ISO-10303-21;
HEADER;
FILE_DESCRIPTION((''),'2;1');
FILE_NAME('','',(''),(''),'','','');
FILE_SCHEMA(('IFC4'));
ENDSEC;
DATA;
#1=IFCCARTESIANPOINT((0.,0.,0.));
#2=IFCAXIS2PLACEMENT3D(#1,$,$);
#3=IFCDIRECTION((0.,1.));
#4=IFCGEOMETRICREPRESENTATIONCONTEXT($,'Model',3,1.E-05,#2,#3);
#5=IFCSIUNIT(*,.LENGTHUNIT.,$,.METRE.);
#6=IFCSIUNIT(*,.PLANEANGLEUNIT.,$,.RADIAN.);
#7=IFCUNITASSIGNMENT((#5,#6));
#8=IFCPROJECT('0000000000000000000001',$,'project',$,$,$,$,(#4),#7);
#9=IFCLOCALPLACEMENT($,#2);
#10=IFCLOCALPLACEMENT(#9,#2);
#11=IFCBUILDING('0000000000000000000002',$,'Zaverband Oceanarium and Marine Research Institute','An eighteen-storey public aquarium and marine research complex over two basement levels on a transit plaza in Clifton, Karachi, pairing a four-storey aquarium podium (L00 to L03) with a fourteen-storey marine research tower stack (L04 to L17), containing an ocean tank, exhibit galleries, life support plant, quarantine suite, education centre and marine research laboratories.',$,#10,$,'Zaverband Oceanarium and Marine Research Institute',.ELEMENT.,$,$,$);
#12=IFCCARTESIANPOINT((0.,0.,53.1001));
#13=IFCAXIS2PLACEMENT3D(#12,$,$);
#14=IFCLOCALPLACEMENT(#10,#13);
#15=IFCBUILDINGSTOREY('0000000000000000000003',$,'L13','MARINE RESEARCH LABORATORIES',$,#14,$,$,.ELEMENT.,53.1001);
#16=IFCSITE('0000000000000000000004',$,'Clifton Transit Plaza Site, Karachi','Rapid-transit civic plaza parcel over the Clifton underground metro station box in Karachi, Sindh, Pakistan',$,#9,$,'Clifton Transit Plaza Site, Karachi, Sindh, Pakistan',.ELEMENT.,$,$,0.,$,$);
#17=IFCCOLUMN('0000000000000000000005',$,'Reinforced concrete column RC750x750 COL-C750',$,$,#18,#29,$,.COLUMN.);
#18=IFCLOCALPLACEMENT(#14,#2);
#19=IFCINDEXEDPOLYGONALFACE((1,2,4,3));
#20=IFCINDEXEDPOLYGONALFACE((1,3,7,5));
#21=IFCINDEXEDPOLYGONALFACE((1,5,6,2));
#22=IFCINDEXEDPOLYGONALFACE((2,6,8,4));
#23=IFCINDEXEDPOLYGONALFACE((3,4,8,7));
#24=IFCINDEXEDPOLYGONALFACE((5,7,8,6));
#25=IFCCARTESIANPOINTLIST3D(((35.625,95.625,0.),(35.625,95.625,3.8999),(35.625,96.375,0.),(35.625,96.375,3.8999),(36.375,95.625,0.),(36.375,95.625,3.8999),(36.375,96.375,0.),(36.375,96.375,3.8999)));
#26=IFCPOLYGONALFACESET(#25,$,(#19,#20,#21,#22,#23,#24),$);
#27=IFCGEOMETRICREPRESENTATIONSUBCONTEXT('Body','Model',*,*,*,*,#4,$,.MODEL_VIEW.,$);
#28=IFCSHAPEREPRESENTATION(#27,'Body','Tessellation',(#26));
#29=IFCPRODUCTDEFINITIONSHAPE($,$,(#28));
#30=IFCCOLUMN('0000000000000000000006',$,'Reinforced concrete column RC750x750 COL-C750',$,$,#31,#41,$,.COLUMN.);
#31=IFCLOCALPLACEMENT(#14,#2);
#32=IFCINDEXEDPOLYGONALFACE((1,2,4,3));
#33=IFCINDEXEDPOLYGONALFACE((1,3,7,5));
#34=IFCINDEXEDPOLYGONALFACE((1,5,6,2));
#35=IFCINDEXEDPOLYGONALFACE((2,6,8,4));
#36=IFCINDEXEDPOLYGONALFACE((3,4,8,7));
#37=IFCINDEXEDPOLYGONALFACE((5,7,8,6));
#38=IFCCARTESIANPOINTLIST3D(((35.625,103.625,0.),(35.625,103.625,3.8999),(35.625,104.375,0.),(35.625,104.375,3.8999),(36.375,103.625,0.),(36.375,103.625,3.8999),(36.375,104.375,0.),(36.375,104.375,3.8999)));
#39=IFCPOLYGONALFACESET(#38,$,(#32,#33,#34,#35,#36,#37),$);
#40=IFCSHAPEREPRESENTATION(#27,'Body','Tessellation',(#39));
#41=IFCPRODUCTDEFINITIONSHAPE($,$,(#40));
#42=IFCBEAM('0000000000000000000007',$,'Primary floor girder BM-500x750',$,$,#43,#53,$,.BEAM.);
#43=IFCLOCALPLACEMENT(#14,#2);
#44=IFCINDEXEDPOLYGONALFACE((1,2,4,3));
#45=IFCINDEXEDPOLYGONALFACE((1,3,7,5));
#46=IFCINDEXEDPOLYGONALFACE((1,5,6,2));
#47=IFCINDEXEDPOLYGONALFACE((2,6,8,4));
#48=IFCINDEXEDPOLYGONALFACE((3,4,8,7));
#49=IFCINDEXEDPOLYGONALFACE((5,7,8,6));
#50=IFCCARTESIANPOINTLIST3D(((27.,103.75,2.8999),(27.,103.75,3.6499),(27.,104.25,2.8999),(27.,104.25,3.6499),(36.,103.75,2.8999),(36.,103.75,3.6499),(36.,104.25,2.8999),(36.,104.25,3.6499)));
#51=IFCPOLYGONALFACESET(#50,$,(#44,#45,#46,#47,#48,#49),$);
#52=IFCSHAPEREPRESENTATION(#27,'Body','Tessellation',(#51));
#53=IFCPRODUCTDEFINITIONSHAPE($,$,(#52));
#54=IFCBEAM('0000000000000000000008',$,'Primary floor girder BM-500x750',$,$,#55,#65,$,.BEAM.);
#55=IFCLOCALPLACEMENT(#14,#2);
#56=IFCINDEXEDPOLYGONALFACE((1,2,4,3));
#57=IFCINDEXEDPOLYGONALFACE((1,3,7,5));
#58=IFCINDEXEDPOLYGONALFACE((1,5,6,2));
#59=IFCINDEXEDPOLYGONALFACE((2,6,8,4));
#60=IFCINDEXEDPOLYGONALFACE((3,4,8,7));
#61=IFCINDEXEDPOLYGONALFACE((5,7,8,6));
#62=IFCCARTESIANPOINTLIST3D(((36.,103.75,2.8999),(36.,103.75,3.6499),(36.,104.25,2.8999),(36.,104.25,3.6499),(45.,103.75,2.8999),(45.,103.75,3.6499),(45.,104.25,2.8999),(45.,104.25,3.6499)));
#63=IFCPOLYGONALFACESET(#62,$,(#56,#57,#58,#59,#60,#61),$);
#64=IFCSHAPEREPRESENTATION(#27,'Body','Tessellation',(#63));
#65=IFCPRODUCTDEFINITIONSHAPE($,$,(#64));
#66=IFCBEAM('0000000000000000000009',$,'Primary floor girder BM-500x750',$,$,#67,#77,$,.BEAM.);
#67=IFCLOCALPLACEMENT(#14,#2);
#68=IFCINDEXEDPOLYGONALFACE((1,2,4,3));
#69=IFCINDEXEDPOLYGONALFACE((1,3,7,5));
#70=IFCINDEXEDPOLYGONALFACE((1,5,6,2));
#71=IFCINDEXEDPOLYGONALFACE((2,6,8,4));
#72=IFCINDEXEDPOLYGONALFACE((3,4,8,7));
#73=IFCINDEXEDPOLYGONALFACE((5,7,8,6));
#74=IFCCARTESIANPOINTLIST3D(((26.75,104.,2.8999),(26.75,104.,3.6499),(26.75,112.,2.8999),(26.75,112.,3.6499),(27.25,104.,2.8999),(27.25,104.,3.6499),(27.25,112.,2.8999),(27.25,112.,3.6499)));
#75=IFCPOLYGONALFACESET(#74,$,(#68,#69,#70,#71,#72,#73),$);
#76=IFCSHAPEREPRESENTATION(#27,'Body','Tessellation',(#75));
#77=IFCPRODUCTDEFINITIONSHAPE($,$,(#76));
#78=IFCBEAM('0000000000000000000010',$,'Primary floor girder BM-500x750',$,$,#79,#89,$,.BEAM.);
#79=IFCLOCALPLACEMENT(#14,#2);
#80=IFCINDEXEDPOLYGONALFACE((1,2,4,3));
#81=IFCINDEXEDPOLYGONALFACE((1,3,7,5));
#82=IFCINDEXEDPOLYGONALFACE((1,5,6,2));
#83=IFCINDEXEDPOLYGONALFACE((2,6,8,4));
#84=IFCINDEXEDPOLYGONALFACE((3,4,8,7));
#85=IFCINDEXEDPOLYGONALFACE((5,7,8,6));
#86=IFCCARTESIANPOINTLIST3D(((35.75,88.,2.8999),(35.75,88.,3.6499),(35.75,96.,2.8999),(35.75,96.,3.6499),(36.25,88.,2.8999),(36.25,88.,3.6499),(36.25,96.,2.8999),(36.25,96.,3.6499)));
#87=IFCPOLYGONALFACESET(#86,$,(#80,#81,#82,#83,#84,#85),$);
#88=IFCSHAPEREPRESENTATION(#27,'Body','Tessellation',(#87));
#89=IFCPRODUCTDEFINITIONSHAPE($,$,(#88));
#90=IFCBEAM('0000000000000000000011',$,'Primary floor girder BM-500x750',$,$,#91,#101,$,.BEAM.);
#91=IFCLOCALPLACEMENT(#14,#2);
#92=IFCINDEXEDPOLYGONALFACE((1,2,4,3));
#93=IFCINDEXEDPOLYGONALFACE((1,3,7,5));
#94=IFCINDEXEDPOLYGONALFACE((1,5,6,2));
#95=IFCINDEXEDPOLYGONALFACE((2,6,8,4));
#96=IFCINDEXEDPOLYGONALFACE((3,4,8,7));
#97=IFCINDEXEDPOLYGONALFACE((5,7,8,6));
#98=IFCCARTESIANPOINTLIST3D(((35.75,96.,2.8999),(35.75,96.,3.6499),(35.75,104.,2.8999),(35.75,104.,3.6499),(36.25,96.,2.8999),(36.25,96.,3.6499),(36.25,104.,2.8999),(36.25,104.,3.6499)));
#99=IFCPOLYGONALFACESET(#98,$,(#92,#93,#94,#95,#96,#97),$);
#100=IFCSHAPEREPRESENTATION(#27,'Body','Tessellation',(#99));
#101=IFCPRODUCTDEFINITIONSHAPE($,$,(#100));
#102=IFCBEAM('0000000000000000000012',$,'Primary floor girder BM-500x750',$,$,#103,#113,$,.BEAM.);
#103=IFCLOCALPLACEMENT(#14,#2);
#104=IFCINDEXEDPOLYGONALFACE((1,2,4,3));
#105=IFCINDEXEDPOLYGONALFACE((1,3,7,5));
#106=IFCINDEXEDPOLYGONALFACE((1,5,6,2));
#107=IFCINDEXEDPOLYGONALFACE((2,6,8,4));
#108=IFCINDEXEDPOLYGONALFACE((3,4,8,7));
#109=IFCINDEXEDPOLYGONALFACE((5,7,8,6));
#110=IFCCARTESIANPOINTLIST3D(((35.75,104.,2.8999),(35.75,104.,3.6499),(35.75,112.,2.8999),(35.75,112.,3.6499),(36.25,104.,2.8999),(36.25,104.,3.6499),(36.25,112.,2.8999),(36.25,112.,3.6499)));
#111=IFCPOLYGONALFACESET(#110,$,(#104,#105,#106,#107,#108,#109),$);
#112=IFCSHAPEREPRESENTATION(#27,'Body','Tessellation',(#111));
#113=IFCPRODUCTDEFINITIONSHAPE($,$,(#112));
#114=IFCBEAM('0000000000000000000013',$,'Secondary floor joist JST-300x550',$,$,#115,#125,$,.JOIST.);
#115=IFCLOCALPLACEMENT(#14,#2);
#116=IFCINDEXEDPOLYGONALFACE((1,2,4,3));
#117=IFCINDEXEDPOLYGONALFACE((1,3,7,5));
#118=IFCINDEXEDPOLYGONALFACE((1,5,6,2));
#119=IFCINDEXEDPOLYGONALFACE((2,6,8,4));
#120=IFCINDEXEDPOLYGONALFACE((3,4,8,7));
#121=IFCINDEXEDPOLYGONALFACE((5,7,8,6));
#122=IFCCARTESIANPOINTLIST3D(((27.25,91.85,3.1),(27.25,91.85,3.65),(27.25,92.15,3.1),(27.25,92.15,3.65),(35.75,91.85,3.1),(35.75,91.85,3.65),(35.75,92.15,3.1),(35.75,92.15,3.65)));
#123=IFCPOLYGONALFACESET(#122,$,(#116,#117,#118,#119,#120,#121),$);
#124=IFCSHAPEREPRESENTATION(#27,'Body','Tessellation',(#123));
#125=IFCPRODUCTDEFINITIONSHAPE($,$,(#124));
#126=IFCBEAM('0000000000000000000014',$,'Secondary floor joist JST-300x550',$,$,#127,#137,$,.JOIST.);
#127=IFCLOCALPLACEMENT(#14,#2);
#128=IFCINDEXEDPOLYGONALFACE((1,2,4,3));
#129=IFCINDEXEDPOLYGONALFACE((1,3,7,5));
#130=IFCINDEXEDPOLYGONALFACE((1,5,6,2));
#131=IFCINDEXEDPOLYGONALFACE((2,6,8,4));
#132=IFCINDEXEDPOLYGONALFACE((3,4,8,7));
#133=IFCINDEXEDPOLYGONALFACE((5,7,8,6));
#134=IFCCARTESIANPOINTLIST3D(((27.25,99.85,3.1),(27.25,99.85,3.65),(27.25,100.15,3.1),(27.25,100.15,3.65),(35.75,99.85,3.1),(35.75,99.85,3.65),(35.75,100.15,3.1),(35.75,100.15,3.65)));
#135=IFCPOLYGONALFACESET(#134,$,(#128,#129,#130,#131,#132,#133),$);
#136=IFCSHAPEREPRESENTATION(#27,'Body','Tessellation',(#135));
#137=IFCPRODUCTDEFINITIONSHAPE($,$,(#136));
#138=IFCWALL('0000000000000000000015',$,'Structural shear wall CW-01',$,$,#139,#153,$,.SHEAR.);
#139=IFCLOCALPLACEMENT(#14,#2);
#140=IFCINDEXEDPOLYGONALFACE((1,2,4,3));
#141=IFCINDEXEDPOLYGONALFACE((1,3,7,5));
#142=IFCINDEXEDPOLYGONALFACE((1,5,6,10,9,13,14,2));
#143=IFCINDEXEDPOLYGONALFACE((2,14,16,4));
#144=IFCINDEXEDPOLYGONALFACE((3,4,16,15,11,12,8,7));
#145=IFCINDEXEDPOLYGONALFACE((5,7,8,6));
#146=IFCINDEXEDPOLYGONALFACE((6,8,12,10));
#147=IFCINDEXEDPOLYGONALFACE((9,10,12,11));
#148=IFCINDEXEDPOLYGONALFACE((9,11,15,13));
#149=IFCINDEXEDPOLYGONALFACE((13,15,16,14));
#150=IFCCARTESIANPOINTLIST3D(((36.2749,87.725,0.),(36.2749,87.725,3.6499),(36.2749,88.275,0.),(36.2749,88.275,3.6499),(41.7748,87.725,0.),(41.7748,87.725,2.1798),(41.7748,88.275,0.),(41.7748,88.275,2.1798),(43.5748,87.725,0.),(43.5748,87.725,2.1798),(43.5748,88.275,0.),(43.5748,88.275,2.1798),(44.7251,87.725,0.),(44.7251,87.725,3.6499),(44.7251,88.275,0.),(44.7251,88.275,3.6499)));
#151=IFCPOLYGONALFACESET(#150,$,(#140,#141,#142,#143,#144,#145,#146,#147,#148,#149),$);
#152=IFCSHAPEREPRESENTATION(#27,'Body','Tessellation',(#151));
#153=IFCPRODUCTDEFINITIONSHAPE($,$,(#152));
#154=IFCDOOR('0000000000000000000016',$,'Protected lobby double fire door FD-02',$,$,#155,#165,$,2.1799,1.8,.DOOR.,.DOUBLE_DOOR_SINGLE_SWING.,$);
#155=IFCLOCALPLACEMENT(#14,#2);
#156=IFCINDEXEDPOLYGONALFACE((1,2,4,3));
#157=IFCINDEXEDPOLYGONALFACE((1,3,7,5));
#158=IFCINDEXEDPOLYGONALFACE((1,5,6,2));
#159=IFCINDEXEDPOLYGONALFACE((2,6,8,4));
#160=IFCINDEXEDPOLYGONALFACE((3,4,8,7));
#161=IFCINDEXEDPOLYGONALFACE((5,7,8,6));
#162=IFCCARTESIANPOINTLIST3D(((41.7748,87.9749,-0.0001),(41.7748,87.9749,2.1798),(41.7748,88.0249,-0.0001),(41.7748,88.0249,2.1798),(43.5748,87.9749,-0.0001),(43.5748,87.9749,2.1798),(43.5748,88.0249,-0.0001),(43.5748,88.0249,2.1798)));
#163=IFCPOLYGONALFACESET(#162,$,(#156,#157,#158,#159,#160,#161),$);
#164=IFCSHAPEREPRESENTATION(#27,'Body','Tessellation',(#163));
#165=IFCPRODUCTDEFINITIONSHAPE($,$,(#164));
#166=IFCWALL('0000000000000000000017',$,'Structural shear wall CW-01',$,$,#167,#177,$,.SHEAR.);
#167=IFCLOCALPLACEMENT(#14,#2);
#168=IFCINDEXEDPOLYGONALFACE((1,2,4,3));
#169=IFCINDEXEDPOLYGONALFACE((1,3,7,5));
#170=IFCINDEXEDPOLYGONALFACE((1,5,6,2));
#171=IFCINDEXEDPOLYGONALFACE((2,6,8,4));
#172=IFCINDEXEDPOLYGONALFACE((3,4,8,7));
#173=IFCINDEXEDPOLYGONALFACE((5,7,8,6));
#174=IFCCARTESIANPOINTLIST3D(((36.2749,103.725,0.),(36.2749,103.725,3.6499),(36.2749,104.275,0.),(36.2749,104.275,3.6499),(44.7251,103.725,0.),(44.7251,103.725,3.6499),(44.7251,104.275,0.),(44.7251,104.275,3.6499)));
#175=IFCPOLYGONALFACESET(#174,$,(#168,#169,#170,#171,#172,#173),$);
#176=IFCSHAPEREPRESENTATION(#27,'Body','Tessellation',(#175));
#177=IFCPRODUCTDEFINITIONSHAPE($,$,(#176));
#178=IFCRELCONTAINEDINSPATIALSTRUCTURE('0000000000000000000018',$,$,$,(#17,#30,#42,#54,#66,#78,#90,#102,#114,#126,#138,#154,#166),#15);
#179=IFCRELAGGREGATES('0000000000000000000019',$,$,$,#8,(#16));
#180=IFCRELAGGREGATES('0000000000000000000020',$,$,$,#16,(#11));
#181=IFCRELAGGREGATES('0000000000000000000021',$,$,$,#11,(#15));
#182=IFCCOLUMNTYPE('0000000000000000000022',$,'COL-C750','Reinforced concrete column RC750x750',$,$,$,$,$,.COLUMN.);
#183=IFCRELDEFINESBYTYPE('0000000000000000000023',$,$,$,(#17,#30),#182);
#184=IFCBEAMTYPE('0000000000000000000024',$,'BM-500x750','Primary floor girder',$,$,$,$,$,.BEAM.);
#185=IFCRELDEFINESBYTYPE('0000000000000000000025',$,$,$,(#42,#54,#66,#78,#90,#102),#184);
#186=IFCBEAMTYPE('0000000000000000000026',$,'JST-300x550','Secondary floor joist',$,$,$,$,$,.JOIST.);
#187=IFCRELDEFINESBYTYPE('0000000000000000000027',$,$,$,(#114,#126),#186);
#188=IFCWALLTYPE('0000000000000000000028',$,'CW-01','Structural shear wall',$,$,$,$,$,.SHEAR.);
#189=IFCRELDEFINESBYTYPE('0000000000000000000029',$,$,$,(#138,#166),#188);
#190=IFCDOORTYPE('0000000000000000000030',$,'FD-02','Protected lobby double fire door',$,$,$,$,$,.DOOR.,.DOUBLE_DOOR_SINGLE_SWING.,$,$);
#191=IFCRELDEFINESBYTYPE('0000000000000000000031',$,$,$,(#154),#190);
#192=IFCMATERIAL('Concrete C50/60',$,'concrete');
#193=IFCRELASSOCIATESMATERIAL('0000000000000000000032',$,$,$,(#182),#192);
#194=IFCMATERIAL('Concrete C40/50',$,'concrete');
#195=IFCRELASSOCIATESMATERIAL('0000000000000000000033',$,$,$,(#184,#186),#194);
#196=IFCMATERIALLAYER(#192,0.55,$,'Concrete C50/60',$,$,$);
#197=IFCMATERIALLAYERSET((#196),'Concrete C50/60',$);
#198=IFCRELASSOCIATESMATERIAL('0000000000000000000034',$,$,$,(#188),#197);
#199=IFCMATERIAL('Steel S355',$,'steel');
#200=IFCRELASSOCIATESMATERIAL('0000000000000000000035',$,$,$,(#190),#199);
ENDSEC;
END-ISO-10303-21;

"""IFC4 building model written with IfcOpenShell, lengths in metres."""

from ifc_helpers import new_model, si_unit, direction, frame, frame_2d, origin, origin_2d, place, context, subcontext, project, spatial, rectangle, extrude, material, layer, layer_set, material_profile, profile_set, type_object, element, fill, save


model = new_model("IFC4")

# Units and contexts
model_context = context("Model", 3, precision=1e-05, world=origin(), true_north=direction((0.0, 1.0)))
body_context = subcontext(model_context, "Body", "Model", "MODEL_VIEW")
ifc_project = project(units=[si_unit("LENGTHUNIT", "METRE"), si_unit("PLANEANGLEUNIT", "RADIAN")], contexts=[model_context])

# Site, building, storey
site_placement = place(None, origin())
site = spatial("IfcSite", under=ifc_project, at=site_placement, Name="Clifton Transit Plaza Site, Karachi", Description="Rapid-transit civic plaza parcel over the Clifton underground metro station box in Karachi, Sindh, Pakistan", LongName="Clifton Transit Plaza Site, Karachi, Sindh, Pakistan", CompositionType="ELEMENT", RefElevation=0.0)
building_placement = place(site_placement, origin())
building = spatial("IfcBuilding", under=site, at=building_placement, Name="Zaverband Oceanarium and Marine Research Institute", Description="An eighteen-storey public aquarium and marine research complex over two basement levels on a transit plaza in Clifton, Karachi, pairing a four-storey aquarium podium (L00 to L03) with a fourteen-storey marine research tower stack (L04 to L17), containing an ocean tank, exhibit galleries, life support plant, quarantine suite, education centre and marine research laboratories.", LongName="Zaverband Oceanarium and Marine Research Institute", CompositionType="ELEMENT")
storey_placement = place(building_placement, frame((0.0, 0.0, 53.1001)))
storey = spatial("IfcBuildingStorey", under=building, at=storey_placement, Name="L13", Description="MARINE RESEARCH LABORATORIES", CompositionType="ELEMENT", Elevation=53.1001)

# Columns
ifc_material_1 = material(Name="Concrete C50/60", Category="concrete")
ifc_material_profile_1 = material_profile(ifc_material_1, rectangle(XDim=0.75, YDim=0.75, at=origin_2d()), Name="RC750x750")
ifc_profile_set_1 = profile_set([ifc_material_profile_1], Name="Concrete C50/60")
column_type = type_object("IfcColumnType", Name="COL-C750", Description="Reinforced concrete column RC750x750", PredefinedType="COLUMN", material=ifc_profile_set_1)
for number, where, z_axis, x_axis, name in (
    (1, (36.0, 96.0, 0.0), (0.0, 0.0, 1.0), (1.0, 0.0, 0.0), "Reinforced concrete column RC750x750 COL-C750"),
    (2, (36.0, 104.0, 0.0), (0.0, 0.0, 1.0), (1.0, 0.0, 0.0), "Reinforced concrete column RC750x750 COL-C750"),
):
    element("IfcColumn", number, at=place(storey_placement, frame(where, z_axis=z_axis, x_axis=x_axis)), inside=storey, type_object=column_type, Name=name, PredefinedType="COLUMN", context=body_context, shape_type="SweptSolid", body=[
        extrude(rectangle(XDim=0.75, YDim=0.75, at=origin_2d()), origin(), (0.0, 0.0, 1.0), 3.8999),
    ])

# Beams
ifc_material_2 = material(Name="Concrete C40/50", Category="concrete")
ifc_material_profile_2 = material_profile(ifc_material_2, rectangle(XDim=0.5, YDim=0.75, at=origin_2d()), Name="RC500x750")
ifc_profile_set_2 = profile_set([ifc_material_profile_2], Name="Concrete C40/50")
beam_type_1 = type_object("IfcBeamType", Name="BM-500x750", Description="Primary floor girder", PredefinedType="BEAM", material=ifc_profile_set_2)
for number, where, z_axis, x_axis, name in (
    (3, (27.0, 104.0, 3.2749), (1.0, 0.0, 0.0), (0.0, 1.0, 0.0), "Primary floor girder BM-500x750"),
    (4, (36.0, 104.0, 3.2749), (1.0, 0.0, 0.0), (0.0, 1.0, 0.0), "Primary floor girder BM-500x750"),
):
    element("IfcBeam", number, at=place(storey_placement, frame(where, z_axis=z_axis, x_axis=x_axis)), inside=storey, type_object=beam_type_1, Name=name, PredefinedType="BEAM", context=body_context, shape_type="SweptSolid", body=[
        extrude(rectangle(XDim=0.5, YDim=0.75, at=origin_2d()), origin(), (0.0, 0.0, 1.0), 9.0),
    ])
for number, where, z_axis, x_axis, name in (
    (5, (27.0, 104.0, 3.2749), (0.0, 1.0, 0.0), (-1.0, 0.0, 0.0), "Primary floor girder BM-500x750"),
    (6, (36.0, 88.0, 3.2749), (0.0, 1.0, 0.0), (-1.0, 0.0, 0.0), "Primary floor girder BM-500x750"),
    (7, (36.0, 96.0, 3.2749), (0.0, 1.0, 0.0), (-1.0, 0.0, 0.0), "Primary floor girder BM-500x750"),
    (8, (36.0, 104.0, 3.2749), (0.0, 1.0, 0.0), (-1.0, 0.0, 0.0), "Primary floor girder BM-500x750"),
):
    element("IfcBeam", number, at=place(storey_placement, frame(where, z_axis=z_axis, x_axis=x_axis)), inside=storey, type_object=beam_type_1, Name=name, PredefinedType="BEAM", context=body_context, shape_type="SweptSolid", body=[
        extrude(rectangle(XDim=0.5, YDim=0.75, at=origin_2d()), origin(), (0.0, 0.0, 1.0), 8.0),
    ])
ifc_material_profile_3 = material_profile(ifc_material_2, rectangle(XDim=0.3, YDim=0.55, at=origin_2d()), Name="RC300x550")
ifc_profile_set_3 = profile_set([ifc_material_profile_3], Name="Concrete C40/50")
beam_type_2 = type_object("IfcBeamType", Name="JST-300x550", Description="Secondary floor joist", PredefinedType="JOIST", material=ifc_profile_set_3)
for number, where, z_axis, x_axis, name in (
    (9, (27.25, 92.0, 3.375), (1.0, 0.0, 0.0), (0.0, 1.0, 0.0), "Secondary floor joist JST-300x550"),
    (10, (27.25, 100.0, 3.375), (1.0, 0.0, 0.0), (0.0, 1.0, 0.0), "Secondary floor joist JST-300x550"),
):
    element("IfcBeam", number, at=place(storey_placement, frame(where, z_axis=z_axis, x_axis=x_axis)), inside=storey, type_object=beam_type_2, Name=name, PredefinedType="JOIST", context=body_context, shape_type="SweptSolid", body=[
        extrude(rectangle(XDim=0.3, YDim=0.55, at=origin_2d()), origin(), (0.0, 0.0, 1.0), 8.5),
    ])

# Wall, opening, door
ifc_layer_1 = layer(ifc_material_1, 0.55, Name="Concrete C50/60")
ifc_layer_set_1 = layer_set([ifc_layer_1], Name="Concrete C50/60")
wall_type_1 = type_object("IfcWallType", Name="CW-01", Description="Structural shear wall", PredefinedType="SHEAR", material=ifc_layer_set_1)
wall_1_placement = place(storey_placement, frame((36.2749, 88.0, 0.0), z_axis=(0.0, 0.0, 1.0), x_axis=(1.0, 0.0, 0.0)))
wall_1 = element("IfcWall", 11, at=wall_1_placement, inside=storey, type_object=wall_type_1, Name="Structural shear wall CW-01", PredefinedType="SHEAR", context=body_context, shape_type="SweptSolid", body=[
    extrude(rectangle(XDim=8.4502, YDim=0.55, at=frame_2d((4.2251, 0.0))), origin(), (0.0, 0.0, 1.0), 3.6499),
])
opening_1_placement = place(wall_1_placement, frame((5.5, 0.0, 0.0)))
opening_1 = element("IfcOpeningElement", 12, at=opening_1_placement, cuts=wall_1, PredefinedType="OPENING", context=body_context, shape_type="SweptSolid", body=[
    extrude(rectangle(XDim=1.8, YDim=2.1799, at=frame_2d((0.8999, 1.0898))), frame((0.0, 0.2871, 0.0), z_axis=(0.0, -1.0, 0.0), x_axis=(1.0, 0.0, 0.0)), (0.0, 0.0, 1.0), 0.574),
])
ifc_material_3 = material(Name="Steel S355", Category="steel")
door_type_1 = type_object("IfcDoorType", Name="FD-02", Description="Protected lobby double fire door", OperationType="DOUBLE_DOOR_SINGLE_SWING", PredefinedType="DOOR", material=ifc_material_3)
door_1_placement = place(opening_1_placement, origin())
door_1 = element("IfcDoor", 13, at=door_1_placement, inside=storey, type_object=door_type_1, Name="Protected lobby double fire door FD-02", OperationType="DOUBLE_DOOR_SINGLE_SWING", OverallHeight=2.1799, OverallWidth=1.8, PredefinedType="DOOR", context=body_context, shape_type="SweptSolid", body=[
    extrude(rectangle(XDim=1.8, YDim=2.1799, at=frame_2d((0.8999, 1.0898))), frame((0.0, 0.0249, 0.0), z_axis=(0.0, -1.0, 0.0), x_axis=(1.0, 0.0, 0.0)), (0.0, 0.0, 1.0), 0.05),
])
fill(opening_1, door_1)

# Wall
wall_2_placement = place(storey_placement, frame((36.2749, 104.0, 0.0), z_axis=(0.0, 0.0, 1.0), x_axis=(1.0, 0.0, 0.0)))
element("IfcWall", 14, at=wall_2_placement, inside=storey, type_object=wall_type_1, Name="Structural shear wall CW-01", PredefinedType="SHEAR", context=body_context, shape_type="SweptSolid", body=[
    extrude(rectangle(XDim=8.4502, YDim=0.55, at=frame_2d((4.2251, 0.0))), origin(), (0.0, 0.0, 1.0), 3.6499),
])

save(model, "model.ifc")
